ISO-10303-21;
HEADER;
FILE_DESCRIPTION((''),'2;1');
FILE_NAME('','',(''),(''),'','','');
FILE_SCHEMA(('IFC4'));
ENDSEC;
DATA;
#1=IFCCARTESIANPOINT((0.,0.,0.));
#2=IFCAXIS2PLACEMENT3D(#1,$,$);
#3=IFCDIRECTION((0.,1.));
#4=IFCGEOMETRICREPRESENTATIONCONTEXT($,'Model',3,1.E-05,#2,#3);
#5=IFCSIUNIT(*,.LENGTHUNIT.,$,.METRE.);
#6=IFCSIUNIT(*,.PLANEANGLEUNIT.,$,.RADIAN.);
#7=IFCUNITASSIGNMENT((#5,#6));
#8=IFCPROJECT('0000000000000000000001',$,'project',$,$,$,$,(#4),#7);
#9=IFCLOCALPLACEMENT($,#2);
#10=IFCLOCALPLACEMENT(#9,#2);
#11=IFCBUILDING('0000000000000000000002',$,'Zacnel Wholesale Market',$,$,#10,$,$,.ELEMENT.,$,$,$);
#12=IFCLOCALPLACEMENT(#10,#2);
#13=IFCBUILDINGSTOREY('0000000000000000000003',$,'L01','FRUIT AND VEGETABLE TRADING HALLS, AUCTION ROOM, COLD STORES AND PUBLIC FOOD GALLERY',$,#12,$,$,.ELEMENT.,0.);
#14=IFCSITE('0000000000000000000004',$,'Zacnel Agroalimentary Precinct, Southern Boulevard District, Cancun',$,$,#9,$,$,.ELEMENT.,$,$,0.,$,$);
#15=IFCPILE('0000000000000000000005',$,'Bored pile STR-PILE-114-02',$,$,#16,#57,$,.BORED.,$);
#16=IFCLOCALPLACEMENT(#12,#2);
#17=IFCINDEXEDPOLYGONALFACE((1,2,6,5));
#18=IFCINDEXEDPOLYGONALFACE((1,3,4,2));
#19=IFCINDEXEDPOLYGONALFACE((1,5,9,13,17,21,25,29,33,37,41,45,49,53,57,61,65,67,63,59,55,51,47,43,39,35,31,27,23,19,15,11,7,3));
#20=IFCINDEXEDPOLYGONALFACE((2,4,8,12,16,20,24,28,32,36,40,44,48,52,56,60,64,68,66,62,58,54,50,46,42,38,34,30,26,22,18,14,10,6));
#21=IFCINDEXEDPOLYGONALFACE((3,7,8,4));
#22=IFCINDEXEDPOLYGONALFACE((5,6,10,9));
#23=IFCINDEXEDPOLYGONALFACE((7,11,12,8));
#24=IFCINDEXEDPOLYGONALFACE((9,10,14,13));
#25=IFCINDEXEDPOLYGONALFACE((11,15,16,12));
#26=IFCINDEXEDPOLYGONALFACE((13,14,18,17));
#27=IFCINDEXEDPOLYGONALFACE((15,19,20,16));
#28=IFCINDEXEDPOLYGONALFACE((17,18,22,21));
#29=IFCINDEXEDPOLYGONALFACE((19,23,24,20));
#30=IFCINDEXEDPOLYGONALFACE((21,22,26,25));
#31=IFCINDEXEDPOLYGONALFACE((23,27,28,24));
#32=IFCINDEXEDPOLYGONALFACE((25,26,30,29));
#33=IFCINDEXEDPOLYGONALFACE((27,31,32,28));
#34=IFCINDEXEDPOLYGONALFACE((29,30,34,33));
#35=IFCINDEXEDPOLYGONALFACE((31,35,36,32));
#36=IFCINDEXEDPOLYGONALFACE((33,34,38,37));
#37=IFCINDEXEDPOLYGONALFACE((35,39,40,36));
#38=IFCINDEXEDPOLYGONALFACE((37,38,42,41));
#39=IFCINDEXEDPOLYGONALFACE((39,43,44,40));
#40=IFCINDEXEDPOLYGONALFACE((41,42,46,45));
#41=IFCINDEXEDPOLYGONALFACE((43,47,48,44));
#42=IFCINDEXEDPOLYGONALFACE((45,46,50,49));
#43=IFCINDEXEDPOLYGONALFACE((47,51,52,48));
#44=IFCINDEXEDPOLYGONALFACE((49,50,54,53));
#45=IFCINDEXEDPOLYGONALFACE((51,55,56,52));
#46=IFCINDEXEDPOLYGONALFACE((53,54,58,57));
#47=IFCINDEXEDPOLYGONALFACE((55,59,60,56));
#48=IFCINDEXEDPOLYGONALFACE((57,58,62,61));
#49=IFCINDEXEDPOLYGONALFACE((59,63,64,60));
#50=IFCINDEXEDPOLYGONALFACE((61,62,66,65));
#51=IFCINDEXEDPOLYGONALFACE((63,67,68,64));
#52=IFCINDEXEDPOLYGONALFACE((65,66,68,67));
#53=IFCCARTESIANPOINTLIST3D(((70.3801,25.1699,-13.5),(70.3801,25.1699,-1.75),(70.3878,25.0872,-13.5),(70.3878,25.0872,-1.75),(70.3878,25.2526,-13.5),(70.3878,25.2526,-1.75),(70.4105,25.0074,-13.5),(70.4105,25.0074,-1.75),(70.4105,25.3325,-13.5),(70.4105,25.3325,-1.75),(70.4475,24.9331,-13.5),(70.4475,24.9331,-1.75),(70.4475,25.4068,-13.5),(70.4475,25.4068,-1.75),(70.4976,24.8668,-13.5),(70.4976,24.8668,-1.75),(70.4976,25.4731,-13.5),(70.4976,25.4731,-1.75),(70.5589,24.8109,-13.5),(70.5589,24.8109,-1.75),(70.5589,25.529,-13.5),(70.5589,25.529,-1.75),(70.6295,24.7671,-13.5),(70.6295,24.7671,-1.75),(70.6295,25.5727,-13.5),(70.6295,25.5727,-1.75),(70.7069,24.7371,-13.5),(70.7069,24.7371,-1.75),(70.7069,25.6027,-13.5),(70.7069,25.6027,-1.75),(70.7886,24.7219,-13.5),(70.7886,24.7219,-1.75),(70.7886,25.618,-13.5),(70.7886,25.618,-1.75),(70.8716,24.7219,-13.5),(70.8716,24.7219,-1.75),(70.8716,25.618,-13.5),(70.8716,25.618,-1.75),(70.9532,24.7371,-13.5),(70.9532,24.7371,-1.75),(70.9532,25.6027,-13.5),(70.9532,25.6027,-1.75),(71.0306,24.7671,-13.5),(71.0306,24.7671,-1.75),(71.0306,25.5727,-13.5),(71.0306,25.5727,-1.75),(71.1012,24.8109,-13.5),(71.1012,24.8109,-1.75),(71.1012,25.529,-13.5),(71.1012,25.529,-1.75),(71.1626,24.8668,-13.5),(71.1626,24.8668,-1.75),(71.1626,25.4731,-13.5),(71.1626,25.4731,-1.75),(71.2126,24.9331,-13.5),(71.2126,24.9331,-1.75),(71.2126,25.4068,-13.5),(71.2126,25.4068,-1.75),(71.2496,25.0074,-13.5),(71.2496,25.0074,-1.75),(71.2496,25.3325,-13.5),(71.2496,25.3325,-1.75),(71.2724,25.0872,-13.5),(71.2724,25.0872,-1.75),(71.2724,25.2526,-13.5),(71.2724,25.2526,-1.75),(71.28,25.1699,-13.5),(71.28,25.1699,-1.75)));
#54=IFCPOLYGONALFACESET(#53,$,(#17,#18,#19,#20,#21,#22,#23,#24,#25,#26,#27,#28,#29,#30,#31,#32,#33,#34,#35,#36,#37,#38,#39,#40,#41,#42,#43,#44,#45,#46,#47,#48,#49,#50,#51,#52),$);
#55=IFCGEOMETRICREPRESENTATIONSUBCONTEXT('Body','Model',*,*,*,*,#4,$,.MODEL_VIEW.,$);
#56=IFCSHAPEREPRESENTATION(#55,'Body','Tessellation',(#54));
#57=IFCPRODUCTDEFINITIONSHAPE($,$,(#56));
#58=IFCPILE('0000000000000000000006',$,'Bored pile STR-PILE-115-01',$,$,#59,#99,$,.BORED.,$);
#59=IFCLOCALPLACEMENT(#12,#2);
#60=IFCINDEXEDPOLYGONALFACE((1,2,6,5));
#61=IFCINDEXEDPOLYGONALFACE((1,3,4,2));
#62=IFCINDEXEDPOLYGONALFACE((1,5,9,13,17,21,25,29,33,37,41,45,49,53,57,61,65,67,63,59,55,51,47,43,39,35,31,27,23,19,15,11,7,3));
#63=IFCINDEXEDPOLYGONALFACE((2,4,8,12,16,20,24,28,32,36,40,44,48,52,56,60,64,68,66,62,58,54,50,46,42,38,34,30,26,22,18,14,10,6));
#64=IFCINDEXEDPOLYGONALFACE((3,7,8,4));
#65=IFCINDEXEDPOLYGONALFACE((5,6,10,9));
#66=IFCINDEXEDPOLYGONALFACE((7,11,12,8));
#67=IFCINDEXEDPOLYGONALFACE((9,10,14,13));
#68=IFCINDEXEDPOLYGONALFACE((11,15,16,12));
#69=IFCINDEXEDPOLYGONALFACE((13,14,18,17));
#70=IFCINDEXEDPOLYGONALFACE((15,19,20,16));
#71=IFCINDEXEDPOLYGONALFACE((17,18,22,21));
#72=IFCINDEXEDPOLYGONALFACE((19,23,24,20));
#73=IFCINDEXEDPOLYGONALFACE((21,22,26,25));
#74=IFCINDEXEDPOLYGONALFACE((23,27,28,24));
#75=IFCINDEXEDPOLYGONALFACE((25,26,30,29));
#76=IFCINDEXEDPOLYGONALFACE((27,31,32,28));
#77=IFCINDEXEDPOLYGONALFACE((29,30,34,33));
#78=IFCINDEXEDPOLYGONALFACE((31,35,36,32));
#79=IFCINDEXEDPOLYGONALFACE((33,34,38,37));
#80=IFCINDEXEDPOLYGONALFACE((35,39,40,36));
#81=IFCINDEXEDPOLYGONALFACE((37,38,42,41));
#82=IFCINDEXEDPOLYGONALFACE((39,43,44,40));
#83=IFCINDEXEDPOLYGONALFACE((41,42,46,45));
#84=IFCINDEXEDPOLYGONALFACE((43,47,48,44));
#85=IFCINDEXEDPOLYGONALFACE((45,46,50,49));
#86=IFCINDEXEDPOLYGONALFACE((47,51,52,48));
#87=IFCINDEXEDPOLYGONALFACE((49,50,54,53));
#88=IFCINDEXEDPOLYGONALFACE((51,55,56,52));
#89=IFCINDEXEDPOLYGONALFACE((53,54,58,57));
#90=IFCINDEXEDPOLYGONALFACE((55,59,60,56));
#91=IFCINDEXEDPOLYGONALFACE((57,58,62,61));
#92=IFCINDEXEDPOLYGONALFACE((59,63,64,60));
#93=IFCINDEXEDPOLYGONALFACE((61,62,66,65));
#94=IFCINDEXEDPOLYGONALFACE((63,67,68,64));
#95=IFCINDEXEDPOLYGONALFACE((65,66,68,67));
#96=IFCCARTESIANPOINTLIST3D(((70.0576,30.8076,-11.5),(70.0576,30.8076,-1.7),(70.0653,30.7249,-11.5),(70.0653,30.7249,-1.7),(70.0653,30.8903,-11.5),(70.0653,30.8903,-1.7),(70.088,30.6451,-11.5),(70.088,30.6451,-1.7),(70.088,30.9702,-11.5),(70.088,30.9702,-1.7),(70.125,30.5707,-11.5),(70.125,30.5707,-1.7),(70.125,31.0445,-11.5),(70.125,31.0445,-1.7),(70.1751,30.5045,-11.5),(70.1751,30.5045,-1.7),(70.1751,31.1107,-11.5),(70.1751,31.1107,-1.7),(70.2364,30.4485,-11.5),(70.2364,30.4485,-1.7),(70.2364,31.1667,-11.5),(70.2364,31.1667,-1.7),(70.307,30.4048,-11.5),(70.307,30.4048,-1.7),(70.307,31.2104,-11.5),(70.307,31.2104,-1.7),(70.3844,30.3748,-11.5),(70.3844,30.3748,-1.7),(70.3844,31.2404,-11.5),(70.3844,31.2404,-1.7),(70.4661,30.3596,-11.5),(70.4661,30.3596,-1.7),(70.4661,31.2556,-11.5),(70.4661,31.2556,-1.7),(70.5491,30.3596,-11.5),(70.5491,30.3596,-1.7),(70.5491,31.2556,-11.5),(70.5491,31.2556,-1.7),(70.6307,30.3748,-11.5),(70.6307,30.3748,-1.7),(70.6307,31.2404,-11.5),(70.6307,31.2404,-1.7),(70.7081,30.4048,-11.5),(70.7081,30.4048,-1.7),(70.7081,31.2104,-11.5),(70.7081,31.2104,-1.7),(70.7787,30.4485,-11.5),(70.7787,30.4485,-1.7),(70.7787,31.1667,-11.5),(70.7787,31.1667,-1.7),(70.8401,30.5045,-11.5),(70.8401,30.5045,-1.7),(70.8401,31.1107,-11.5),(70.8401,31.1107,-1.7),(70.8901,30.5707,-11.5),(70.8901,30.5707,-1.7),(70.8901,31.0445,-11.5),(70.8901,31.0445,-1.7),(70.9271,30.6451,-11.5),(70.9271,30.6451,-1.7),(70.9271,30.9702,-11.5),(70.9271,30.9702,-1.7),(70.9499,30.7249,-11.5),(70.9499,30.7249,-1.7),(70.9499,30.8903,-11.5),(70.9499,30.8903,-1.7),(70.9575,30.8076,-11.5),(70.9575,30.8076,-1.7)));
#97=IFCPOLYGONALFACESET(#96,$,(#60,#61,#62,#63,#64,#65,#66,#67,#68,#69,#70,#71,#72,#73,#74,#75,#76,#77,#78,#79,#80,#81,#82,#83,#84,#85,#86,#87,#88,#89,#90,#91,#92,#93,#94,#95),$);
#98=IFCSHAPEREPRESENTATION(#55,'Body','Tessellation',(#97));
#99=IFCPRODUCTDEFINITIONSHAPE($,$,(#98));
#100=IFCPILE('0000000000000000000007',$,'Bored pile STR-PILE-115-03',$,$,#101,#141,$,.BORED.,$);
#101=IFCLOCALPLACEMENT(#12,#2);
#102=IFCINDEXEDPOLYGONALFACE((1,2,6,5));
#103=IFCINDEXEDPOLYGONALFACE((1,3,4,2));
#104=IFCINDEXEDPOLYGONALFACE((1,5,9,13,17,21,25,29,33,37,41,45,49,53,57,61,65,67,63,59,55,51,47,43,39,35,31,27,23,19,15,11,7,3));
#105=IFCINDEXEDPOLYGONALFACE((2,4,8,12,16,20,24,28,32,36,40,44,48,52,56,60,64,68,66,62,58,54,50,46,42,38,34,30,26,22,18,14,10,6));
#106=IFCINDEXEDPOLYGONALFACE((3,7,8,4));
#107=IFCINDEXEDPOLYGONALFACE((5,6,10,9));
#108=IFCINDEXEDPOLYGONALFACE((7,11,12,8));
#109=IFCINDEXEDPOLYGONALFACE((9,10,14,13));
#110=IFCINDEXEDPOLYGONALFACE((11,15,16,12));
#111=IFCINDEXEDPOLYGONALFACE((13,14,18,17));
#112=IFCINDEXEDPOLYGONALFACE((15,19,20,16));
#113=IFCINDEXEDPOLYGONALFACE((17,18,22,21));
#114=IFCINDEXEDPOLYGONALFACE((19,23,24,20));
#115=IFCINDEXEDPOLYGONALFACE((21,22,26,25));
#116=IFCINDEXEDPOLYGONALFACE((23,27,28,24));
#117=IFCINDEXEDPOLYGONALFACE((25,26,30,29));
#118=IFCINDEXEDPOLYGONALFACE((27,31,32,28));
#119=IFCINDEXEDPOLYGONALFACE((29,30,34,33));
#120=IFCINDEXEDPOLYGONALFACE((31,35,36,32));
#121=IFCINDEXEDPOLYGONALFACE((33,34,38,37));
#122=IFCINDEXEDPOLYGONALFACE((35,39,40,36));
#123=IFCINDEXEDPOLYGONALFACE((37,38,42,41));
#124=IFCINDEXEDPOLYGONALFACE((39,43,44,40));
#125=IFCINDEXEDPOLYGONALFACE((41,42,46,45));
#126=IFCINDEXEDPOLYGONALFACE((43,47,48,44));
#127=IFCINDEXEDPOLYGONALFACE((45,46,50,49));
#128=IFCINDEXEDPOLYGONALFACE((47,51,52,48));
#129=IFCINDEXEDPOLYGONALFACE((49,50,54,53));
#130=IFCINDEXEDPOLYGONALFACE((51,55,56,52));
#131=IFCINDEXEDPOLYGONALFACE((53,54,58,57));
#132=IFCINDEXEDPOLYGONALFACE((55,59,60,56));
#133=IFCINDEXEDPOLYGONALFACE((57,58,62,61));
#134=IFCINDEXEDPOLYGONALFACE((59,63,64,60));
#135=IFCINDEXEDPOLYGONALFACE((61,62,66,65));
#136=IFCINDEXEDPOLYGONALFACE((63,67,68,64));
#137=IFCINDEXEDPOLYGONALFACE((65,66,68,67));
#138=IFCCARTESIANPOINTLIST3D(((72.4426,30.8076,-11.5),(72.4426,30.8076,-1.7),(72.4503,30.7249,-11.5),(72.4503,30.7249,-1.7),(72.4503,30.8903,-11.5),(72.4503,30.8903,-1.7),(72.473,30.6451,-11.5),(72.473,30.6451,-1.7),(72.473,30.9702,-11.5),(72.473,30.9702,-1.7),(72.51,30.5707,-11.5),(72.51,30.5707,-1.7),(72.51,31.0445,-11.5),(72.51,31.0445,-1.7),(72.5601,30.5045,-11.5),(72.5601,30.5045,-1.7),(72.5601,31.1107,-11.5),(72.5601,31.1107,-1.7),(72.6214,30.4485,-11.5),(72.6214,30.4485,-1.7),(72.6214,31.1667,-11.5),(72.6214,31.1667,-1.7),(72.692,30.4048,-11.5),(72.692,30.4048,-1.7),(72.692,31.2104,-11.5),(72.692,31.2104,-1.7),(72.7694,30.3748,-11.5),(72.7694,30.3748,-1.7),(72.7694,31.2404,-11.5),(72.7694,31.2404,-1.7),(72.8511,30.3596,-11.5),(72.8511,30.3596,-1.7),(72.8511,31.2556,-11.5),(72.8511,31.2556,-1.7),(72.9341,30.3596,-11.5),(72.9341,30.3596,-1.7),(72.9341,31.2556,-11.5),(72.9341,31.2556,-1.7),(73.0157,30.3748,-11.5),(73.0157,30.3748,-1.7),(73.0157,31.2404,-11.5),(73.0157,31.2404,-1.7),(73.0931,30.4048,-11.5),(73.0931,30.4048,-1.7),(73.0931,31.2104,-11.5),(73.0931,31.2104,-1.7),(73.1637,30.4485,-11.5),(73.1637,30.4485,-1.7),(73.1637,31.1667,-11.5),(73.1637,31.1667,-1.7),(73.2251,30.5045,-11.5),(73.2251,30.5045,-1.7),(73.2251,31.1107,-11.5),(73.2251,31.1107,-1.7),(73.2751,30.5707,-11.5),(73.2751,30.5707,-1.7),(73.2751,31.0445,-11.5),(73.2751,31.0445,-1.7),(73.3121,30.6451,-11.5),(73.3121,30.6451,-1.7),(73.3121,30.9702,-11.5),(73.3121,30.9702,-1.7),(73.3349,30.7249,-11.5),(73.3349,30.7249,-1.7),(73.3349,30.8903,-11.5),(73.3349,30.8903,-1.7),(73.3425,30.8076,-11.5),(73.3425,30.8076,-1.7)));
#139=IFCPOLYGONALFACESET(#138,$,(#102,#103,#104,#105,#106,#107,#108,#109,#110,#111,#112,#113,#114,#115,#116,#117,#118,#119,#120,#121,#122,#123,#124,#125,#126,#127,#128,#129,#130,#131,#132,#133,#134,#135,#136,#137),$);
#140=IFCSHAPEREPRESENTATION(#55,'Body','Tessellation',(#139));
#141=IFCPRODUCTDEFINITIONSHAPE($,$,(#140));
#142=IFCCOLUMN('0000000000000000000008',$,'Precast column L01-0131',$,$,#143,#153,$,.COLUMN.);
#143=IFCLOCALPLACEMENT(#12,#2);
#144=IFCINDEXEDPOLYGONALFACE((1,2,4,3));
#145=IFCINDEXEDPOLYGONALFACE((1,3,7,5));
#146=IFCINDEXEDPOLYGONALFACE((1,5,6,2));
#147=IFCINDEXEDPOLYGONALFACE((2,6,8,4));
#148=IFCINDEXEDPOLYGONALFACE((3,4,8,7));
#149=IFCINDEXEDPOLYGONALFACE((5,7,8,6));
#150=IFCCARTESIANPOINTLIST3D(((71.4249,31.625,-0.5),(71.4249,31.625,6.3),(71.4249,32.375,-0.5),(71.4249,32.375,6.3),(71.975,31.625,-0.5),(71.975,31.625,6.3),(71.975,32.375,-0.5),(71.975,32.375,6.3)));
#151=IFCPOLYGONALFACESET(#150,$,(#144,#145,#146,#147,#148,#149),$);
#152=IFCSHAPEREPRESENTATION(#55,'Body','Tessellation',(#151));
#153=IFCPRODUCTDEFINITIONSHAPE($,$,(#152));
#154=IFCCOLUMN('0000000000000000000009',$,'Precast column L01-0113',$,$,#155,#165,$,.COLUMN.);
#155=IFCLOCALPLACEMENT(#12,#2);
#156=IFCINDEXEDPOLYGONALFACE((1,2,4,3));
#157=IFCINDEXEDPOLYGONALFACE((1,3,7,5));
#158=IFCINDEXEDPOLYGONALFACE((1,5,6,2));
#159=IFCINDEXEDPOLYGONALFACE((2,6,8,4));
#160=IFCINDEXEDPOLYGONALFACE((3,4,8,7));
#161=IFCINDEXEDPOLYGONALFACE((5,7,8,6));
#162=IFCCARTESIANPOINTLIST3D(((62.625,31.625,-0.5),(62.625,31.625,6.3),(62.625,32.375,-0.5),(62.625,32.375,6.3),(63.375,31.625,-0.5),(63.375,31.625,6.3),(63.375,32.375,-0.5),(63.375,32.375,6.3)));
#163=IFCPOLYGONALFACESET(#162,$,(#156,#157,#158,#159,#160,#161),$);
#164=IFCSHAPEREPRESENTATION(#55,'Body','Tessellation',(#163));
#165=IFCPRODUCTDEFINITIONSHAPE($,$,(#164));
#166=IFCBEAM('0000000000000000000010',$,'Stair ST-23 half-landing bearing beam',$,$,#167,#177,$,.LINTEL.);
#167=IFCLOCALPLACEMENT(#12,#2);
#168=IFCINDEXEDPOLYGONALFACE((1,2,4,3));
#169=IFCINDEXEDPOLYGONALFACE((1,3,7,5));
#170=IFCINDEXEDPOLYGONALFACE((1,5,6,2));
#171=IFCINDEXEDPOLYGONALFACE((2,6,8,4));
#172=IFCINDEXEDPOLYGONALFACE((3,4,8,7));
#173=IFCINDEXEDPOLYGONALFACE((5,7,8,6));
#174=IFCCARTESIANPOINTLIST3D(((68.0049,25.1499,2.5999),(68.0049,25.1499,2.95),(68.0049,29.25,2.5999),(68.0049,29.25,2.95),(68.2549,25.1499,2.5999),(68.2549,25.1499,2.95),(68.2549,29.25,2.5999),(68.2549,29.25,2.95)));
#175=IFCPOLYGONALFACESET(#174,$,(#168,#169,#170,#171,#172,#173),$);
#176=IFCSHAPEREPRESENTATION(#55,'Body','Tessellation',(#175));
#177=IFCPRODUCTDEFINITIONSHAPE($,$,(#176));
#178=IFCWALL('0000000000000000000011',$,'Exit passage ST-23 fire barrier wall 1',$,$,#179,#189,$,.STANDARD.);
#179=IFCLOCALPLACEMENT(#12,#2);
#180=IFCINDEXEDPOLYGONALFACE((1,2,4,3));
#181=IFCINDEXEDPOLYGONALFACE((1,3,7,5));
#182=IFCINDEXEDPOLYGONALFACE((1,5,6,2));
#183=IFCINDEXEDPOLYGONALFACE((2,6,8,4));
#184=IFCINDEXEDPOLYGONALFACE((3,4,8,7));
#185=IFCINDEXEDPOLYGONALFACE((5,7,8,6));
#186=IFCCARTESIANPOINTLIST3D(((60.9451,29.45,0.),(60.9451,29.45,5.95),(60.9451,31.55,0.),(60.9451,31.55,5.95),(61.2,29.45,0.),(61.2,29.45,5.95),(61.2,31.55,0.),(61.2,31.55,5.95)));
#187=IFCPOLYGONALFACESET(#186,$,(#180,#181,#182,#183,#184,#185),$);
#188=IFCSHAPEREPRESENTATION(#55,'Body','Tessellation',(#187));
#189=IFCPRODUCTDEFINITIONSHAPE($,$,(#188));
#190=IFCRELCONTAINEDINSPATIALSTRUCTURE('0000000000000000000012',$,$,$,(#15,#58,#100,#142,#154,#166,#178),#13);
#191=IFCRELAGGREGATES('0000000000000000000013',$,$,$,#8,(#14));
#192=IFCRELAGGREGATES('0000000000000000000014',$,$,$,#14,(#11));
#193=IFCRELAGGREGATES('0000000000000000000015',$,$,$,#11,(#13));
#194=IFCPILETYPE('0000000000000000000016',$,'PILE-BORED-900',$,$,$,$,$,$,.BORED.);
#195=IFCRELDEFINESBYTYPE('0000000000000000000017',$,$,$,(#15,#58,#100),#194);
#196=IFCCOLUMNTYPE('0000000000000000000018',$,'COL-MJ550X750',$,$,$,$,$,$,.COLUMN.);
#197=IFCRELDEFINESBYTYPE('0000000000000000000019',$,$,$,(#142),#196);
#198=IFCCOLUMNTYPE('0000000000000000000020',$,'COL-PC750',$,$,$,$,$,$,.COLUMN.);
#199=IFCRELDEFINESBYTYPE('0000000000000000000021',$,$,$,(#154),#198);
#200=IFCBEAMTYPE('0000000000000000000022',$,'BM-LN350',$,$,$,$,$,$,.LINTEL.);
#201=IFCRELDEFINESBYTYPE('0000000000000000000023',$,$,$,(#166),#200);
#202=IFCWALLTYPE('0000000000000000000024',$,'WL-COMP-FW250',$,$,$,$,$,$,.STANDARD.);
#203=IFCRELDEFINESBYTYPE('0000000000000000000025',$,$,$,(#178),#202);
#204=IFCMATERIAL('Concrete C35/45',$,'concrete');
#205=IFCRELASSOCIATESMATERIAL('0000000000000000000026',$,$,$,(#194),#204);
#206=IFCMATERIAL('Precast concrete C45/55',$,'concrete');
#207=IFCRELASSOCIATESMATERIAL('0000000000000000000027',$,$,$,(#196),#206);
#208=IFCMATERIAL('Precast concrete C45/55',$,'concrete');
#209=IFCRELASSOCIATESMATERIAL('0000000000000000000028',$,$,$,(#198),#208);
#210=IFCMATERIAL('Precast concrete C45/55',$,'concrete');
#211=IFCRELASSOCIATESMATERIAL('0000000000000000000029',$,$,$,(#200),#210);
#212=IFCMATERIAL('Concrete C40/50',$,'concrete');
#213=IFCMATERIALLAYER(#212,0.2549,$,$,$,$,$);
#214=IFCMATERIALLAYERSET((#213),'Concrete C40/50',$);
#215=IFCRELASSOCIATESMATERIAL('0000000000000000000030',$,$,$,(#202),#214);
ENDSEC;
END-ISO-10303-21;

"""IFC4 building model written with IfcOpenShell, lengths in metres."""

from ifc_helpers import new_model, si_unit, direction, frame, frame_2d, origin, origin_2d, place, context, subcontext, project, spatial, rectangle, circle, extrude, material, layer, layer_set, material_profile, profile_set, type_object, element, save


model = new_model("IFC4")

# Units and contexts
model_context = context("Model", 3, precision=1e-05, world=origin(), true_north=direction((0.0, 1.0)))
body_context = subcontext(model_context, "Body", "Model", "MODEL_VIEW")
ifc_project = project(units=[si_unit("LENGTHUNIT", "METRE"), si_unit("PLANEANGLEUNIT", "RADIAN")], contexts=[model_context])

# Site, building, storey
site_placement = place(None, origin())
site = spatial("IfcSite", under=ifc_project, at=site_placement, Name="Zacnel Agroalimentary Precinct, Southern Boulevard District, Cancun", CompositionType="ELEMENT", RefElevation=0.0)
building_placement = place(site_placement, origin())
building = spatial("IfcBuilding", under=site, at=building_placement, Name="Zacnel Wholesale Market", CompositionType="ELEMENT")
storey_placement = place(building_placement, origin())
storey = spatial("IfcBuildingStorey", under=building, at=storey_placement, Name="L01", Description="FRUIT AND VEGETABLE TRADING HALLS, AUCTION ROOM, COLD STORES AND PUBLIC FOOD GALLERY", CompositionType="ELEMENT", Elevation=0.0)

# Piles
ifc_material_1 = material(Name="Concrete C35/45", Category="concrete")
ifc_material_profile_1 = material_profile(ifc_material_1, circle(Radius=0.45, at=origin_2d()), Name="BORED PILE D900")
ifc_profile_set_1 = profile_set([ifc_material_profile_1], Name="Concrete C35/45")
pile_type = type_object("IfcPileType", Name="PILE-BORED-900", PredefinedType="BORED", material=ifc_profile_set_1)
pile_placement = place(storey_placement, frame((70.8301, 25.1699, -1.75), z_axis=(0.0, 0.0, -1.0), x_axis=(1.0, 0.0, 0.0)))
element("IfcPile", 1, at=pile_placement, inside=storey, type_object=pile_type, Name="Bored pile STR-PILE-114-02", PredefinedType="BORED", context=body_context, shape_type="SweptSolid", body=[
    extrude(circle(Radius=0.45, at=origin_2d()), origin(), (0.0, 0.0, 1.0), 11.75),
])
for number, where, z_axis, x_axis, name in (
    (2, (70.5076, 30.8076, -1.7), (0.0, 0.0, -1.0), (1.0, 0.0, 0.0), "Bored pile STR-PILE-115-01"),
    (3, (72.8926, 30.8076, -1.7), (0.0, 0.0, -1.0), (1.0, 0.0, 0.0), "Bored pile STR-PILE-115-03"),
):
    element("IfcPile", number, at=place(storey_placement, frame(where, z_axis=z_axis, x_axis=x_axis)), inside=storey, type_object=pile_type, Name=name, PredefinedType="BORED", context=body_context, shape_type="SweptSolid", body=[
        extrude(circle(Radius=0.45, at=origin_2d()), origin(), (0.0, 0.0, 1.0), 9.8),
    ])

# Columns
ifc_material_2 = material(Name="Precast concrete C45/55", Category="concrete")
ifc_material_profile_2 = material_profile(ifc_material_2, rectangle(XDim=0.55, YDim=0.75, at=origin_2d()), Name="PC 550x750")
ifc_profile_set_2 = profile_set([ifc_material_profile_2], Name="Precast concrete C45/55")
column_type_1 = type_object("IfcColumnType", Name="COL-MJ550X750", PredefinedType="COLUMN", material=ifc_profile_set_2)
column_1_placement = place(storey_placement, frame((71.7, 32.0, -0.5), z_axis=(0.0, 0.0, 1.0), x_axis=(1.0, 0.0, 0.0)))
element("IfcColumn", 4, at=column_1_placement, inside=storey, type_object=column_type_1, Name="Precast column L01-0131", PredefinedType="COLUMN", context=body_context, shape_type="SweptSolid", body=[
    extrude(rectangle(XDim=0.55, YDim=0.75, at=origin_2d()), origin(), (0.0, 0.0, 1.0), 6.8),
])
ifc_material_3 = material(Name="Precast concrete C45/55", Category="concrete")
ifc_material_profile_3 = material_profile(ifc_material_3, rectangle(XDim=0.75, YDim=0.75, at=origin_2d()), Name="PC 750x750")
ifc_profile_set_3 = profile_set([ifc_material_profile_3], Name="Precast concrete C45/55")
column_type_2 = type_object("IfcColumnType", Name="COL-PC750", PredefinedType="COLUMN", material=ifc_profile_set_3)
column_2_placement = place(storey_placement, frame((63.0, 32.0, -0.5), z_axis=(0.0, 0.0, 1.0), x_axis=(1.0, 0.0, 0.0)))
element("IfcColumn", 5, at=column_2_placement, inside=storey, type_object=column_type_2, Name="Precast column L01-0113", PredefinedType="COLUMN", context=body_context, shape_type="SweptSolid", body=[
    extrude(rectangle(XDim=0.75, YDim=0.75, at=origin_2d()), origin(), (0.0, 0.0, 1.0), 6.8),
])

# Beam
ifc_material_4 = material(Name="Precast concrete C45/55", Category="concrete")
ifc_material_profile_4 = material_profile(ifc_material_4, rectangle(XDim=0.25, YDim=0.3501, at=origin_2d()), Name="LN 250x350")
ifc_profile_set_4 = profile_set([ifc_material_profile_4], Name="Precast concrete C45/55")
beam_type = type_object("IfcBeamType", Name="BM-LN350", PredefinedType="LINTEL", material=ifc_profile_set_4)
beam_placement = place(storey_placement, frame((68.1299, 25.1499, 2.7749), z_axis=(0.0, 1.0, 0.0), x_axis=(-1.0, 0.0, 0.0)))
element("IfcBeam", 6, at=beam_placement, inside=storey, type_object=beam_type, Name="Stair ST-23 half-landing bearing beam", PredefinedType="LINTEL", context=body_context, shape_type="SweptSolid", body=[
    extrude(rectangle(XDim=0.25, YDim=0.3501, at=origin_2d()), origin(), (0.0, 0.0, 1.0), 4.1001),
])

# Wall
ifc_material_5 = material(Name="Concrete C40/50", Category="concrete")
ifc_layer_1 = layer(ifc_material_5, 0.2549)
ifc_layer_set_1 = layer_set([ifc_layer_1], Name="Concrete C40/50")
wall_type_1 = type_object("IfcWallType", Name="WL-COMP-FW250", PredefinedType="STANDARD", material=ifc_layer_set_1)
wall_1_placement = place(storey_placement, frame((61.0725, 29.45, 0.0), z_axis=(0.0, 0.0, 1.0), x_axis=(0.0, 1.0, 0.0)))
element("IfcWall", 7, at=wall_1_placement, inside=storey, type_object=wall_type_1, Name="Exit passage ST-23 fire barrier wall 1", PredefinedType="STANDARD", context=body_context, shape_type="SweptSolid", body=[
    extrude(rectangle(XDim=2.1001, YDim=0.2549, at=frame_2d((1.05, 0.0))), origin(), (0.0, 0.0, 1.0), 5.95),
])

save(model, "model.ifc")
